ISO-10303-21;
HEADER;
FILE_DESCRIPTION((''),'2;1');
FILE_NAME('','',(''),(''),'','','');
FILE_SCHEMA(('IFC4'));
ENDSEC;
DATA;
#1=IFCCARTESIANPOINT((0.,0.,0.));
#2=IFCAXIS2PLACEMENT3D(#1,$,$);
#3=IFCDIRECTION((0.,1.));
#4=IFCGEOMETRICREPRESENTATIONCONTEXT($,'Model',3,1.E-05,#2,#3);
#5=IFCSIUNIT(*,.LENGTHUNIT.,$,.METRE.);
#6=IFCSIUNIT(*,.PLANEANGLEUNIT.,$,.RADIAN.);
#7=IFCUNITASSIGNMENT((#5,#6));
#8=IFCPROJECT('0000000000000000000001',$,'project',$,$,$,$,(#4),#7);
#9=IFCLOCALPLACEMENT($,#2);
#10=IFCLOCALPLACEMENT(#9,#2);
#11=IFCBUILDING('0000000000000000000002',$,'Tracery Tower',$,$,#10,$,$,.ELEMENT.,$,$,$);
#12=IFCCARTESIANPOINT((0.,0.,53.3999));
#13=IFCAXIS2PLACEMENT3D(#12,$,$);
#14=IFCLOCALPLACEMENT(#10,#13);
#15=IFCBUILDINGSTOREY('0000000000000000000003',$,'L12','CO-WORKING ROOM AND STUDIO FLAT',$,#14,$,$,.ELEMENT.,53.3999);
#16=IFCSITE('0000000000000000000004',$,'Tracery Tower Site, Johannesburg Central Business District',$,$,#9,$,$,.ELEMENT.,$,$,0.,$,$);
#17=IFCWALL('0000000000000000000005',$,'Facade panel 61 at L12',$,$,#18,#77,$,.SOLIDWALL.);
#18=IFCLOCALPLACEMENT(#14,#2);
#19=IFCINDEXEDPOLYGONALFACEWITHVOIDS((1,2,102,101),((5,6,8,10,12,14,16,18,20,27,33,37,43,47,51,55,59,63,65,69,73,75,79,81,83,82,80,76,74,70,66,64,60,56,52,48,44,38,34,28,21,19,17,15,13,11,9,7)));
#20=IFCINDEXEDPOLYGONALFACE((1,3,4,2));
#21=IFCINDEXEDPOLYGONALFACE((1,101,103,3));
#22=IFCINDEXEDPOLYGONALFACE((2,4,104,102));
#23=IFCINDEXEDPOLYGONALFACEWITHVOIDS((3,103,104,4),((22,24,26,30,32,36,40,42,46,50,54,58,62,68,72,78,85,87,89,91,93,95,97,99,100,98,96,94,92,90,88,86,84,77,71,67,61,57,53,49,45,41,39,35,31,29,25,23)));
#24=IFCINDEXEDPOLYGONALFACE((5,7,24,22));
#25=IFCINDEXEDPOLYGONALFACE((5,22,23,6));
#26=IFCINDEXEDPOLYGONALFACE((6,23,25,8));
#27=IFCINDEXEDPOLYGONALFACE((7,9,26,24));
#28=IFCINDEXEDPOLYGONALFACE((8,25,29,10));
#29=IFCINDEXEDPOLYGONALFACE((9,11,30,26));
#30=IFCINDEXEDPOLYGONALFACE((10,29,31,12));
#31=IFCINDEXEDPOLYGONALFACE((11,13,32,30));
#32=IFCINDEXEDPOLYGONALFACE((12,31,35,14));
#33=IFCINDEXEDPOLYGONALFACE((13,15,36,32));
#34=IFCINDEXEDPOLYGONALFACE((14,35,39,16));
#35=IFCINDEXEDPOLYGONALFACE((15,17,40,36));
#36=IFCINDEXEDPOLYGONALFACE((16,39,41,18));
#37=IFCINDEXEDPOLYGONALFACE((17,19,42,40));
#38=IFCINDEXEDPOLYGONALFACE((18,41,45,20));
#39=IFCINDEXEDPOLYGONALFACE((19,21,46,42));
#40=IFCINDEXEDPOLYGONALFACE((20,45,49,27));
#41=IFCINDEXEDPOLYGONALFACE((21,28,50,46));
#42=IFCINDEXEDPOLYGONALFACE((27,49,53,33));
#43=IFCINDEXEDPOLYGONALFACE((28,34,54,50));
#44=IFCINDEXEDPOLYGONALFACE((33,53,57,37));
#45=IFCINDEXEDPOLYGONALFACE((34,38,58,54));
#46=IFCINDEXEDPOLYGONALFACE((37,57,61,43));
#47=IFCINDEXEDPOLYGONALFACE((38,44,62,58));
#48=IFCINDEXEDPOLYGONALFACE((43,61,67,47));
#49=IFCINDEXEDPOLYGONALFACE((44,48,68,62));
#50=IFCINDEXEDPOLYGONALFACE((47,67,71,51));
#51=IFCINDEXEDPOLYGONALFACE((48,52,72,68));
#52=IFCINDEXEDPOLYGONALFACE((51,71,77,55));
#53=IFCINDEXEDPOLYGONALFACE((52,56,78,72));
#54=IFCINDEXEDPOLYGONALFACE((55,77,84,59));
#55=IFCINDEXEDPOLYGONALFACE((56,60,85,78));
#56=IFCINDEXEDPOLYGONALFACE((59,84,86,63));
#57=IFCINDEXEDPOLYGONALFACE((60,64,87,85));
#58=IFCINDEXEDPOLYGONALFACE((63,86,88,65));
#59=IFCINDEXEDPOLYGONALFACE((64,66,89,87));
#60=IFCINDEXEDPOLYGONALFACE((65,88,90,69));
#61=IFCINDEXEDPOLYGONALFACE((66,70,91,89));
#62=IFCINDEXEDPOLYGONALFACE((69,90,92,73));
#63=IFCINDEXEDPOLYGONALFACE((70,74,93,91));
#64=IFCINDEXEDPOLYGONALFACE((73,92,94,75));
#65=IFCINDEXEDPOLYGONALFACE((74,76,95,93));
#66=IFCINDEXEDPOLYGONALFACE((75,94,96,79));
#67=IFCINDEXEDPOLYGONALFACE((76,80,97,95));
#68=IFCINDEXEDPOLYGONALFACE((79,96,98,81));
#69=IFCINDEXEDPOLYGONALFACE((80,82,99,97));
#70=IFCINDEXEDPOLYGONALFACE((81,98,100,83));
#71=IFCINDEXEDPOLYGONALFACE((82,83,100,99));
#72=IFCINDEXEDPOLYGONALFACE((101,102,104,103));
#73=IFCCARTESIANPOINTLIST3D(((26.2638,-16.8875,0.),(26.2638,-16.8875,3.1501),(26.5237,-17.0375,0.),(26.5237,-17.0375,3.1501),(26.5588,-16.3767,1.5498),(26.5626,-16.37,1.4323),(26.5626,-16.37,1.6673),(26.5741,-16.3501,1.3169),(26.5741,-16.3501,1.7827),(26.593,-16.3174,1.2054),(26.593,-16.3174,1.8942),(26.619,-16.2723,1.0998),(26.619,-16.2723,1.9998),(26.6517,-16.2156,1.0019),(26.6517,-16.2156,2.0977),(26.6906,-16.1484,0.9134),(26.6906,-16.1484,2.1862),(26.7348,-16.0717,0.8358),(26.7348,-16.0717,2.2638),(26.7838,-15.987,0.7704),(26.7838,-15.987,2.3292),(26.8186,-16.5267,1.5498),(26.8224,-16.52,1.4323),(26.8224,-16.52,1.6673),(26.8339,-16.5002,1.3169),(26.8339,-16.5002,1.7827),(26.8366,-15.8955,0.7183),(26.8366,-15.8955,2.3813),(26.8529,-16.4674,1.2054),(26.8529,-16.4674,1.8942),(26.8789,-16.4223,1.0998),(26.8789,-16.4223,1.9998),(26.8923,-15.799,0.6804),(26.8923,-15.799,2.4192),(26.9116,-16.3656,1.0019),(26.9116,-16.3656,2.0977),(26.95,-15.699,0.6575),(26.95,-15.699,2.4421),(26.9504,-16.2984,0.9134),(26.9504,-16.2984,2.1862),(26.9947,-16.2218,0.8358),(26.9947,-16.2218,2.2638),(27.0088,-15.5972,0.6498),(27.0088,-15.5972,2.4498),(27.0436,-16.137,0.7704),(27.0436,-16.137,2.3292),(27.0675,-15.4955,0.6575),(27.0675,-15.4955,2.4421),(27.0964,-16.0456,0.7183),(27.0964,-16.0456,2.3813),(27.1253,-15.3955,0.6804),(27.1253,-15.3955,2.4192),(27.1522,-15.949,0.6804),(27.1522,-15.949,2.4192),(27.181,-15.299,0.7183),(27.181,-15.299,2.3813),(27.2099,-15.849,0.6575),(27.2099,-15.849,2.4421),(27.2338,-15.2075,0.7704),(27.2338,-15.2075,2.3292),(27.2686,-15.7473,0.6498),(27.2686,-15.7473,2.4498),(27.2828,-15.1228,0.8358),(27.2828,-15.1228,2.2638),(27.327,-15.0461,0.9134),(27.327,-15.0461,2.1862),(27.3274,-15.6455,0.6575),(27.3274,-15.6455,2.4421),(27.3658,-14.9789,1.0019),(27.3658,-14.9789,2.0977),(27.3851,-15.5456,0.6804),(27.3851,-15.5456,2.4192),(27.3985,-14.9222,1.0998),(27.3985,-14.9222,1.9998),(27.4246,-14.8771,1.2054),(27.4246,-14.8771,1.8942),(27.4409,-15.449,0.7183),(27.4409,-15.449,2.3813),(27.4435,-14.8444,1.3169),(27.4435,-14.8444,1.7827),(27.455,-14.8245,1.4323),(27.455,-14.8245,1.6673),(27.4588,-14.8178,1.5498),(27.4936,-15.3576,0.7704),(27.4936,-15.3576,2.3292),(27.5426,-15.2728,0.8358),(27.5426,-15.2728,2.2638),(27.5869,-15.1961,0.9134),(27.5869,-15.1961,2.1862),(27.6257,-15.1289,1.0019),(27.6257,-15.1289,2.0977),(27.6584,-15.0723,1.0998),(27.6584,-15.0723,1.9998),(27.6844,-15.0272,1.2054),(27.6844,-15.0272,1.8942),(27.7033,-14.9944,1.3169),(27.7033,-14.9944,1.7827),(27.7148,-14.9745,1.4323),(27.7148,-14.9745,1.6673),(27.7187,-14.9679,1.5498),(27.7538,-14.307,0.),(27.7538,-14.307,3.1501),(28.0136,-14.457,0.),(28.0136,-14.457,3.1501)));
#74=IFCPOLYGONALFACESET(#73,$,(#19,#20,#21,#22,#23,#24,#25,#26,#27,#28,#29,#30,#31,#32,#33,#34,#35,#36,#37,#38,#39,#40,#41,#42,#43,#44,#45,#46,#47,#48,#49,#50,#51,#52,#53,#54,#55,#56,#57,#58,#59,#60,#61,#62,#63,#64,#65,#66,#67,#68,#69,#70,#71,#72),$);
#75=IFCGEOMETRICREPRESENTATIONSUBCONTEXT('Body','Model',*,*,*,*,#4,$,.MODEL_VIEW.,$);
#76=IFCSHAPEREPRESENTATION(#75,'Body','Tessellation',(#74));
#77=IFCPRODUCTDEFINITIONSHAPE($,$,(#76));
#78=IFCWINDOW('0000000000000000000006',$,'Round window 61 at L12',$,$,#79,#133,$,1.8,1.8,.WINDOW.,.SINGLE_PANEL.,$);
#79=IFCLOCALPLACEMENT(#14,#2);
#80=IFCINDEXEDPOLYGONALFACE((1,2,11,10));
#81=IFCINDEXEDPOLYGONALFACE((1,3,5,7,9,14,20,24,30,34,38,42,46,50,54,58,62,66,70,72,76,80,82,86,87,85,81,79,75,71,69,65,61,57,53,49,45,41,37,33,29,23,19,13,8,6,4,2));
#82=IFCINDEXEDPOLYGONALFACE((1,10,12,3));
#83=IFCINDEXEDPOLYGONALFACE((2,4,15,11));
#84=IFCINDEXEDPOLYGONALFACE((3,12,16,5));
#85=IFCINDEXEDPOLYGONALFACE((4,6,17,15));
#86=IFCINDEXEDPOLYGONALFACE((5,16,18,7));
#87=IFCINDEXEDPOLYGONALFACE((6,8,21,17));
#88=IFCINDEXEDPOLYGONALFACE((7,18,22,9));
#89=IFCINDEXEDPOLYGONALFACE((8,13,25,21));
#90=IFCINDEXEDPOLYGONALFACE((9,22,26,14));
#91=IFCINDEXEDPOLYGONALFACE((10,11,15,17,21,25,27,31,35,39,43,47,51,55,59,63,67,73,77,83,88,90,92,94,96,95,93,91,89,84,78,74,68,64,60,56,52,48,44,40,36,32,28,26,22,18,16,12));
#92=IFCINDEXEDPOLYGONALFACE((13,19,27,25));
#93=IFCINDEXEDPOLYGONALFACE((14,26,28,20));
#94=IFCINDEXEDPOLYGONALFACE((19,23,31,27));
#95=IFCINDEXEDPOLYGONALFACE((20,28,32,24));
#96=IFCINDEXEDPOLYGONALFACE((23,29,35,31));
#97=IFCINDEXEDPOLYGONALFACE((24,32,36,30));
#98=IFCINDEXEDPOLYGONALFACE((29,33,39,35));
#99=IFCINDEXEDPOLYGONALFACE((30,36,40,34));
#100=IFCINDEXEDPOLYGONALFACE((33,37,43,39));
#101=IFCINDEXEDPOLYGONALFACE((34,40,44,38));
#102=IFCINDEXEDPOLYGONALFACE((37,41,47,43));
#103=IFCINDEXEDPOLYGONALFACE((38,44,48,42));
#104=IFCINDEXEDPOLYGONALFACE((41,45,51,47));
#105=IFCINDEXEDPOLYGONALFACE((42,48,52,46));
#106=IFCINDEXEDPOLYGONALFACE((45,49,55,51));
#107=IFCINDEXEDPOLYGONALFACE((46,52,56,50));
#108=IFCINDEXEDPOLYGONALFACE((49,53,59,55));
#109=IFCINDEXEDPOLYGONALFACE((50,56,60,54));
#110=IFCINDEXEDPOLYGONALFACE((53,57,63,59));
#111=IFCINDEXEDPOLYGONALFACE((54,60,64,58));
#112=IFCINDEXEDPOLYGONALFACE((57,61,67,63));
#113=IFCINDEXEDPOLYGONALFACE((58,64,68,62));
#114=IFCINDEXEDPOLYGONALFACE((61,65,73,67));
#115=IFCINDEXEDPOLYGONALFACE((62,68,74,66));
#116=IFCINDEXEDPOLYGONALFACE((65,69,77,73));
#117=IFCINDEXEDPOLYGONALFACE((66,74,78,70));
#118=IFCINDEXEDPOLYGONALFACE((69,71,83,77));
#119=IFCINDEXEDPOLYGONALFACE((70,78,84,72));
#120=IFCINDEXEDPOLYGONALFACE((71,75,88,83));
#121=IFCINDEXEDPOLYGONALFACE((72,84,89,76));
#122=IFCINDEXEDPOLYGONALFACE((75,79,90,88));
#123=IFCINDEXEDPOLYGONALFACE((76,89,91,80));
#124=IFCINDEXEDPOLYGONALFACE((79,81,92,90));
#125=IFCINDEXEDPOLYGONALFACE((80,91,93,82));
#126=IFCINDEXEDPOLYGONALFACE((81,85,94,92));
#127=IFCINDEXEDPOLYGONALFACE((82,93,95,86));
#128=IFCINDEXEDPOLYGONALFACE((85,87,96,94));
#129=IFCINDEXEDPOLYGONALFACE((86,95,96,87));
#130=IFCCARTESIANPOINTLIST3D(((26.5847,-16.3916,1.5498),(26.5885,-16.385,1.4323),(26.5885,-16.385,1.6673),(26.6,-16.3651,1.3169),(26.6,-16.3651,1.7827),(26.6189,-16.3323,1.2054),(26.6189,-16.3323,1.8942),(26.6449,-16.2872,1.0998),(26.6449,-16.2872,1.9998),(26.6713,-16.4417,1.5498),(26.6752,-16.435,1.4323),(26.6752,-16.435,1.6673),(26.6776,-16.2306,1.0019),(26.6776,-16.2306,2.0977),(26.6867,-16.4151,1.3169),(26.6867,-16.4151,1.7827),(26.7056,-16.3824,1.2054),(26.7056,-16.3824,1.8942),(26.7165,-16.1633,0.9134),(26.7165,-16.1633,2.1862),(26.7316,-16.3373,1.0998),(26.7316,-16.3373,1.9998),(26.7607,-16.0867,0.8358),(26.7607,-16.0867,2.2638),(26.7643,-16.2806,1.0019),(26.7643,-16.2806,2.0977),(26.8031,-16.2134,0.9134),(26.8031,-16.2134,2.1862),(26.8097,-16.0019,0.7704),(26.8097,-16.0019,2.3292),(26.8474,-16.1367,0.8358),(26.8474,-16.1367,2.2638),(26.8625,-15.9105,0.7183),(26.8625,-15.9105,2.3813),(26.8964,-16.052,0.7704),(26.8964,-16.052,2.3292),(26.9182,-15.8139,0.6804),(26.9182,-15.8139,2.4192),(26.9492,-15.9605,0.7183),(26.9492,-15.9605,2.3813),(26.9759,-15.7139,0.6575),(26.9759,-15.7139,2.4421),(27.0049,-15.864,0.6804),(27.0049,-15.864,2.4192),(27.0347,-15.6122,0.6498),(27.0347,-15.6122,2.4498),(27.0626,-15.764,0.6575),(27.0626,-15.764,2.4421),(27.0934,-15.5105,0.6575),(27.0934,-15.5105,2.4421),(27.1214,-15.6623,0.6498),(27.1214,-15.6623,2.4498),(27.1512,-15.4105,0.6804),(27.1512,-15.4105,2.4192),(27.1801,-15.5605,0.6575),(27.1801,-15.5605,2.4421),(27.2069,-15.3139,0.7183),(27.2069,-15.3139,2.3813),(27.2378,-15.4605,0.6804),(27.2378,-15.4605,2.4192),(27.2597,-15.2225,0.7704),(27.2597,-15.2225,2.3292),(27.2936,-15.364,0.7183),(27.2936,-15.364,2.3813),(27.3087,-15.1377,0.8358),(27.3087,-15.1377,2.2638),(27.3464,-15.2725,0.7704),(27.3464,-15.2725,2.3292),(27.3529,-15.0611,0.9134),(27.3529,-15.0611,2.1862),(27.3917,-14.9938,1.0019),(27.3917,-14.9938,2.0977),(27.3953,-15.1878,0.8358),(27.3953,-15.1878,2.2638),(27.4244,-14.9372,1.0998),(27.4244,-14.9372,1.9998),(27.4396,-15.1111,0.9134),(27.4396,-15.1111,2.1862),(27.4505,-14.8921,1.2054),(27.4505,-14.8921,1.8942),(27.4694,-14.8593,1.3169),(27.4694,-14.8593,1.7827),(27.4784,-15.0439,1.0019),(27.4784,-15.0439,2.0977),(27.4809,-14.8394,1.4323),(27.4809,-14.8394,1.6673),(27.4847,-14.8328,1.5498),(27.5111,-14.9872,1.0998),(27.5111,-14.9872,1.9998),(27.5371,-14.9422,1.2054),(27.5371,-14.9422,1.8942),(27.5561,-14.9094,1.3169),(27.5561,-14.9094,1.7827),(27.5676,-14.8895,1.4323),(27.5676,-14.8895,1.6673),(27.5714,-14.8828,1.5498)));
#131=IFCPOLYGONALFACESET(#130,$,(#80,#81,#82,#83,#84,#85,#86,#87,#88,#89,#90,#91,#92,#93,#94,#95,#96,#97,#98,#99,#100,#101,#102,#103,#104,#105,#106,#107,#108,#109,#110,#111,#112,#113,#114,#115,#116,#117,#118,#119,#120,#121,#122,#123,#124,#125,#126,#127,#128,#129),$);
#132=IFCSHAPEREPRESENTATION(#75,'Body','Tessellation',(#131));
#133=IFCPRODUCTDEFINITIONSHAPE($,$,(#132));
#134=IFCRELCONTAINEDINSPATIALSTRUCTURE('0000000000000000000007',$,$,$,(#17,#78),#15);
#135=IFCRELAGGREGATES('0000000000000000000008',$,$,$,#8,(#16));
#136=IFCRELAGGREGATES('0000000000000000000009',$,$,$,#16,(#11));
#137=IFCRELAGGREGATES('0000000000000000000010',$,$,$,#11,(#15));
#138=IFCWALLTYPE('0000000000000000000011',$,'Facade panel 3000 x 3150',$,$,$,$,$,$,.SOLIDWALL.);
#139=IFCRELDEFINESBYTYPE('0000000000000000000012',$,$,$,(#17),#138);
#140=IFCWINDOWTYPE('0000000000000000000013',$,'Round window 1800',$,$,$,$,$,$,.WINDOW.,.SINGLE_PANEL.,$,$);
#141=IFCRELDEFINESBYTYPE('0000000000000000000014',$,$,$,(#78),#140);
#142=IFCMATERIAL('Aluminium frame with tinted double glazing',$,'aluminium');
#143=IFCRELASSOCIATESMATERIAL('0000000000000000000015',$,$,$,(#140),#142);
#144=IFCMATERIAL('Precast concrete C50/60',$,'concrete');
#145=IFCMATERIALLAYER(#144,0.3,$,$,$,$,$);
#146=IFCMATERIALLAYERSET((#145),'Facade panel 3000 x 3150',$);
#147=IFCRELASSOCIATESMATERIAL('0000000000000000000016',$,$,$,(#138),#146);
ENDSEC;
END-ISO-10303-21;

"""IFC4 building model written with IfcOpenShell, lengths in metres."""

from ifc_helpers import new_model, si_unit, direction, frame, frame_2d, origin, origin_2d, place, context, subcontext, project, spatial, rectangle, circle, extrude, material, layer, layer_set, type_object, element, fill, save


model = new_model("IFC4")

# Units and contexts
model_context = context("Model", 3, precision=1e-05, world=origin(), true_north=direction((0.0, 1.0)))
body_context = subcontext(model_context, "Body", "Model", "MODEL_VIEW")
ifc_project = project(units=[si_unit("LENGTHUNIT", "METRE"), si_unit("PLANEANGLEUNIT", "RADIAN")], contexts=[model_context])

# Site, building, storey
site_placement = place(None, origin())
site = spatial("IfcSite", under=ifc_project, at=site_placement, Name="Tracery Tower Site, Johannesburg Central Business District", CompositionType="ELEMENT", RefElevation=0.0)
building_placement = place(site_placement, origin())
building = spatial("IfcBuilding", under=site, at=building_placement, Name="Tracery Tower", CompositionType="ELEMENT")
storey_placement = place(building_placement, frame((0.0, 0.0, 53.3999)))
storey = spatial("IfcBuildingStorey", under=building, at=storey_placement, Name="L12", Description="CO-WORKING ROOM AND STUDIO FLAT", CompositionType="ELEMENT", Elevation=53.3999)

# Wall, opening, window
ifc_material_1 = material(Name="Aluminium frame with tinted double glazing", Category="aluminium")
window_type = type_object("IfcWindowType", Name="Round window 1800", PartitioningType="SINGLE_PANEL", PredefinedType="WINDOW", material=ifc_material_1)
ifc_material_2 = material(Name="Precast concrete C50/60", Category="concrete")
ifc_layer_1 = layer(ifc_material_2, 0.3)
ifc_layer_set_1 = layer_set([ifc_layer_1], Name="Facade panel 3000 x 3150")
wall_type_1 = type_object("IfcWallType", Name="Facade panel 3000 x 3150", PredefinedType="SOLIDWALL", material=ifc_layer_set_1)
wall_1_placement = place(storey_placement, frame((26.3938, -16.9624, 0.0), z_axis=(0.0, 0.0, 1.0), x_axis=(0.500025, 0.866011, 0.0)))
wall_1 = element("IfcWall", 1, at=wall_1_placement, inside=storey, type_object=wall_type_1, Name="Facade panel 61 at L12", PredefinedType="SOLIDWALL", context=body_context, shape_type="SweptSolid", body=[
    extrude(rectangle(XDim=2.9797, YDim=0.3, at=frame_2d((1.4897, 0.0))), origin(), (0.0, 0.0, 1.0), 3.1501),
])
opening_1_placement = place(wall_1_placement, frame((1.4897, 0.0, 1.5498)))
opening_1 = element("IfcOpeningElement", 2, at=opening_1_placement, cuts=wall_1, PredefinedType="OPENING", context=body_context, shape_type="SweptSolid", body=[
    extrude(circle(Radius=0.9, at=origin_2d()), frame((0.0, 0.1599, 0.0), z_axis=(0.0, -1.0, 0.0), x_axis=(1.0, 0.0, 0.0)), (0.0, 0.0, 1.0), 0.3201),
])
window_1_placement = place(opening_1_placement, origin())
window_1 = element("IfcWindow", 3, at=window_1_placement, inside=storey, type_object=window_type, Name="Round window 61 at L12", OverallHeight=1.8, OverallWidth=1.8, PartitioningType="SINGLE_PANEL", PredefinedType="WINDOW", context=body_context, shape_type="SweptSolid", body=[
    extrude(circle(Radius=0.9, at=origin_2d()), frame((0.0, 0.1201, 0.0), z_axis=(0.0, -1.0, 0.0), x_axis=(1.0, 0.0, 0.0)), (0.0, 0.0, 1.0), 0.1001),
])
fill(opening_1, window_1)

save(model, "model.ifc")
